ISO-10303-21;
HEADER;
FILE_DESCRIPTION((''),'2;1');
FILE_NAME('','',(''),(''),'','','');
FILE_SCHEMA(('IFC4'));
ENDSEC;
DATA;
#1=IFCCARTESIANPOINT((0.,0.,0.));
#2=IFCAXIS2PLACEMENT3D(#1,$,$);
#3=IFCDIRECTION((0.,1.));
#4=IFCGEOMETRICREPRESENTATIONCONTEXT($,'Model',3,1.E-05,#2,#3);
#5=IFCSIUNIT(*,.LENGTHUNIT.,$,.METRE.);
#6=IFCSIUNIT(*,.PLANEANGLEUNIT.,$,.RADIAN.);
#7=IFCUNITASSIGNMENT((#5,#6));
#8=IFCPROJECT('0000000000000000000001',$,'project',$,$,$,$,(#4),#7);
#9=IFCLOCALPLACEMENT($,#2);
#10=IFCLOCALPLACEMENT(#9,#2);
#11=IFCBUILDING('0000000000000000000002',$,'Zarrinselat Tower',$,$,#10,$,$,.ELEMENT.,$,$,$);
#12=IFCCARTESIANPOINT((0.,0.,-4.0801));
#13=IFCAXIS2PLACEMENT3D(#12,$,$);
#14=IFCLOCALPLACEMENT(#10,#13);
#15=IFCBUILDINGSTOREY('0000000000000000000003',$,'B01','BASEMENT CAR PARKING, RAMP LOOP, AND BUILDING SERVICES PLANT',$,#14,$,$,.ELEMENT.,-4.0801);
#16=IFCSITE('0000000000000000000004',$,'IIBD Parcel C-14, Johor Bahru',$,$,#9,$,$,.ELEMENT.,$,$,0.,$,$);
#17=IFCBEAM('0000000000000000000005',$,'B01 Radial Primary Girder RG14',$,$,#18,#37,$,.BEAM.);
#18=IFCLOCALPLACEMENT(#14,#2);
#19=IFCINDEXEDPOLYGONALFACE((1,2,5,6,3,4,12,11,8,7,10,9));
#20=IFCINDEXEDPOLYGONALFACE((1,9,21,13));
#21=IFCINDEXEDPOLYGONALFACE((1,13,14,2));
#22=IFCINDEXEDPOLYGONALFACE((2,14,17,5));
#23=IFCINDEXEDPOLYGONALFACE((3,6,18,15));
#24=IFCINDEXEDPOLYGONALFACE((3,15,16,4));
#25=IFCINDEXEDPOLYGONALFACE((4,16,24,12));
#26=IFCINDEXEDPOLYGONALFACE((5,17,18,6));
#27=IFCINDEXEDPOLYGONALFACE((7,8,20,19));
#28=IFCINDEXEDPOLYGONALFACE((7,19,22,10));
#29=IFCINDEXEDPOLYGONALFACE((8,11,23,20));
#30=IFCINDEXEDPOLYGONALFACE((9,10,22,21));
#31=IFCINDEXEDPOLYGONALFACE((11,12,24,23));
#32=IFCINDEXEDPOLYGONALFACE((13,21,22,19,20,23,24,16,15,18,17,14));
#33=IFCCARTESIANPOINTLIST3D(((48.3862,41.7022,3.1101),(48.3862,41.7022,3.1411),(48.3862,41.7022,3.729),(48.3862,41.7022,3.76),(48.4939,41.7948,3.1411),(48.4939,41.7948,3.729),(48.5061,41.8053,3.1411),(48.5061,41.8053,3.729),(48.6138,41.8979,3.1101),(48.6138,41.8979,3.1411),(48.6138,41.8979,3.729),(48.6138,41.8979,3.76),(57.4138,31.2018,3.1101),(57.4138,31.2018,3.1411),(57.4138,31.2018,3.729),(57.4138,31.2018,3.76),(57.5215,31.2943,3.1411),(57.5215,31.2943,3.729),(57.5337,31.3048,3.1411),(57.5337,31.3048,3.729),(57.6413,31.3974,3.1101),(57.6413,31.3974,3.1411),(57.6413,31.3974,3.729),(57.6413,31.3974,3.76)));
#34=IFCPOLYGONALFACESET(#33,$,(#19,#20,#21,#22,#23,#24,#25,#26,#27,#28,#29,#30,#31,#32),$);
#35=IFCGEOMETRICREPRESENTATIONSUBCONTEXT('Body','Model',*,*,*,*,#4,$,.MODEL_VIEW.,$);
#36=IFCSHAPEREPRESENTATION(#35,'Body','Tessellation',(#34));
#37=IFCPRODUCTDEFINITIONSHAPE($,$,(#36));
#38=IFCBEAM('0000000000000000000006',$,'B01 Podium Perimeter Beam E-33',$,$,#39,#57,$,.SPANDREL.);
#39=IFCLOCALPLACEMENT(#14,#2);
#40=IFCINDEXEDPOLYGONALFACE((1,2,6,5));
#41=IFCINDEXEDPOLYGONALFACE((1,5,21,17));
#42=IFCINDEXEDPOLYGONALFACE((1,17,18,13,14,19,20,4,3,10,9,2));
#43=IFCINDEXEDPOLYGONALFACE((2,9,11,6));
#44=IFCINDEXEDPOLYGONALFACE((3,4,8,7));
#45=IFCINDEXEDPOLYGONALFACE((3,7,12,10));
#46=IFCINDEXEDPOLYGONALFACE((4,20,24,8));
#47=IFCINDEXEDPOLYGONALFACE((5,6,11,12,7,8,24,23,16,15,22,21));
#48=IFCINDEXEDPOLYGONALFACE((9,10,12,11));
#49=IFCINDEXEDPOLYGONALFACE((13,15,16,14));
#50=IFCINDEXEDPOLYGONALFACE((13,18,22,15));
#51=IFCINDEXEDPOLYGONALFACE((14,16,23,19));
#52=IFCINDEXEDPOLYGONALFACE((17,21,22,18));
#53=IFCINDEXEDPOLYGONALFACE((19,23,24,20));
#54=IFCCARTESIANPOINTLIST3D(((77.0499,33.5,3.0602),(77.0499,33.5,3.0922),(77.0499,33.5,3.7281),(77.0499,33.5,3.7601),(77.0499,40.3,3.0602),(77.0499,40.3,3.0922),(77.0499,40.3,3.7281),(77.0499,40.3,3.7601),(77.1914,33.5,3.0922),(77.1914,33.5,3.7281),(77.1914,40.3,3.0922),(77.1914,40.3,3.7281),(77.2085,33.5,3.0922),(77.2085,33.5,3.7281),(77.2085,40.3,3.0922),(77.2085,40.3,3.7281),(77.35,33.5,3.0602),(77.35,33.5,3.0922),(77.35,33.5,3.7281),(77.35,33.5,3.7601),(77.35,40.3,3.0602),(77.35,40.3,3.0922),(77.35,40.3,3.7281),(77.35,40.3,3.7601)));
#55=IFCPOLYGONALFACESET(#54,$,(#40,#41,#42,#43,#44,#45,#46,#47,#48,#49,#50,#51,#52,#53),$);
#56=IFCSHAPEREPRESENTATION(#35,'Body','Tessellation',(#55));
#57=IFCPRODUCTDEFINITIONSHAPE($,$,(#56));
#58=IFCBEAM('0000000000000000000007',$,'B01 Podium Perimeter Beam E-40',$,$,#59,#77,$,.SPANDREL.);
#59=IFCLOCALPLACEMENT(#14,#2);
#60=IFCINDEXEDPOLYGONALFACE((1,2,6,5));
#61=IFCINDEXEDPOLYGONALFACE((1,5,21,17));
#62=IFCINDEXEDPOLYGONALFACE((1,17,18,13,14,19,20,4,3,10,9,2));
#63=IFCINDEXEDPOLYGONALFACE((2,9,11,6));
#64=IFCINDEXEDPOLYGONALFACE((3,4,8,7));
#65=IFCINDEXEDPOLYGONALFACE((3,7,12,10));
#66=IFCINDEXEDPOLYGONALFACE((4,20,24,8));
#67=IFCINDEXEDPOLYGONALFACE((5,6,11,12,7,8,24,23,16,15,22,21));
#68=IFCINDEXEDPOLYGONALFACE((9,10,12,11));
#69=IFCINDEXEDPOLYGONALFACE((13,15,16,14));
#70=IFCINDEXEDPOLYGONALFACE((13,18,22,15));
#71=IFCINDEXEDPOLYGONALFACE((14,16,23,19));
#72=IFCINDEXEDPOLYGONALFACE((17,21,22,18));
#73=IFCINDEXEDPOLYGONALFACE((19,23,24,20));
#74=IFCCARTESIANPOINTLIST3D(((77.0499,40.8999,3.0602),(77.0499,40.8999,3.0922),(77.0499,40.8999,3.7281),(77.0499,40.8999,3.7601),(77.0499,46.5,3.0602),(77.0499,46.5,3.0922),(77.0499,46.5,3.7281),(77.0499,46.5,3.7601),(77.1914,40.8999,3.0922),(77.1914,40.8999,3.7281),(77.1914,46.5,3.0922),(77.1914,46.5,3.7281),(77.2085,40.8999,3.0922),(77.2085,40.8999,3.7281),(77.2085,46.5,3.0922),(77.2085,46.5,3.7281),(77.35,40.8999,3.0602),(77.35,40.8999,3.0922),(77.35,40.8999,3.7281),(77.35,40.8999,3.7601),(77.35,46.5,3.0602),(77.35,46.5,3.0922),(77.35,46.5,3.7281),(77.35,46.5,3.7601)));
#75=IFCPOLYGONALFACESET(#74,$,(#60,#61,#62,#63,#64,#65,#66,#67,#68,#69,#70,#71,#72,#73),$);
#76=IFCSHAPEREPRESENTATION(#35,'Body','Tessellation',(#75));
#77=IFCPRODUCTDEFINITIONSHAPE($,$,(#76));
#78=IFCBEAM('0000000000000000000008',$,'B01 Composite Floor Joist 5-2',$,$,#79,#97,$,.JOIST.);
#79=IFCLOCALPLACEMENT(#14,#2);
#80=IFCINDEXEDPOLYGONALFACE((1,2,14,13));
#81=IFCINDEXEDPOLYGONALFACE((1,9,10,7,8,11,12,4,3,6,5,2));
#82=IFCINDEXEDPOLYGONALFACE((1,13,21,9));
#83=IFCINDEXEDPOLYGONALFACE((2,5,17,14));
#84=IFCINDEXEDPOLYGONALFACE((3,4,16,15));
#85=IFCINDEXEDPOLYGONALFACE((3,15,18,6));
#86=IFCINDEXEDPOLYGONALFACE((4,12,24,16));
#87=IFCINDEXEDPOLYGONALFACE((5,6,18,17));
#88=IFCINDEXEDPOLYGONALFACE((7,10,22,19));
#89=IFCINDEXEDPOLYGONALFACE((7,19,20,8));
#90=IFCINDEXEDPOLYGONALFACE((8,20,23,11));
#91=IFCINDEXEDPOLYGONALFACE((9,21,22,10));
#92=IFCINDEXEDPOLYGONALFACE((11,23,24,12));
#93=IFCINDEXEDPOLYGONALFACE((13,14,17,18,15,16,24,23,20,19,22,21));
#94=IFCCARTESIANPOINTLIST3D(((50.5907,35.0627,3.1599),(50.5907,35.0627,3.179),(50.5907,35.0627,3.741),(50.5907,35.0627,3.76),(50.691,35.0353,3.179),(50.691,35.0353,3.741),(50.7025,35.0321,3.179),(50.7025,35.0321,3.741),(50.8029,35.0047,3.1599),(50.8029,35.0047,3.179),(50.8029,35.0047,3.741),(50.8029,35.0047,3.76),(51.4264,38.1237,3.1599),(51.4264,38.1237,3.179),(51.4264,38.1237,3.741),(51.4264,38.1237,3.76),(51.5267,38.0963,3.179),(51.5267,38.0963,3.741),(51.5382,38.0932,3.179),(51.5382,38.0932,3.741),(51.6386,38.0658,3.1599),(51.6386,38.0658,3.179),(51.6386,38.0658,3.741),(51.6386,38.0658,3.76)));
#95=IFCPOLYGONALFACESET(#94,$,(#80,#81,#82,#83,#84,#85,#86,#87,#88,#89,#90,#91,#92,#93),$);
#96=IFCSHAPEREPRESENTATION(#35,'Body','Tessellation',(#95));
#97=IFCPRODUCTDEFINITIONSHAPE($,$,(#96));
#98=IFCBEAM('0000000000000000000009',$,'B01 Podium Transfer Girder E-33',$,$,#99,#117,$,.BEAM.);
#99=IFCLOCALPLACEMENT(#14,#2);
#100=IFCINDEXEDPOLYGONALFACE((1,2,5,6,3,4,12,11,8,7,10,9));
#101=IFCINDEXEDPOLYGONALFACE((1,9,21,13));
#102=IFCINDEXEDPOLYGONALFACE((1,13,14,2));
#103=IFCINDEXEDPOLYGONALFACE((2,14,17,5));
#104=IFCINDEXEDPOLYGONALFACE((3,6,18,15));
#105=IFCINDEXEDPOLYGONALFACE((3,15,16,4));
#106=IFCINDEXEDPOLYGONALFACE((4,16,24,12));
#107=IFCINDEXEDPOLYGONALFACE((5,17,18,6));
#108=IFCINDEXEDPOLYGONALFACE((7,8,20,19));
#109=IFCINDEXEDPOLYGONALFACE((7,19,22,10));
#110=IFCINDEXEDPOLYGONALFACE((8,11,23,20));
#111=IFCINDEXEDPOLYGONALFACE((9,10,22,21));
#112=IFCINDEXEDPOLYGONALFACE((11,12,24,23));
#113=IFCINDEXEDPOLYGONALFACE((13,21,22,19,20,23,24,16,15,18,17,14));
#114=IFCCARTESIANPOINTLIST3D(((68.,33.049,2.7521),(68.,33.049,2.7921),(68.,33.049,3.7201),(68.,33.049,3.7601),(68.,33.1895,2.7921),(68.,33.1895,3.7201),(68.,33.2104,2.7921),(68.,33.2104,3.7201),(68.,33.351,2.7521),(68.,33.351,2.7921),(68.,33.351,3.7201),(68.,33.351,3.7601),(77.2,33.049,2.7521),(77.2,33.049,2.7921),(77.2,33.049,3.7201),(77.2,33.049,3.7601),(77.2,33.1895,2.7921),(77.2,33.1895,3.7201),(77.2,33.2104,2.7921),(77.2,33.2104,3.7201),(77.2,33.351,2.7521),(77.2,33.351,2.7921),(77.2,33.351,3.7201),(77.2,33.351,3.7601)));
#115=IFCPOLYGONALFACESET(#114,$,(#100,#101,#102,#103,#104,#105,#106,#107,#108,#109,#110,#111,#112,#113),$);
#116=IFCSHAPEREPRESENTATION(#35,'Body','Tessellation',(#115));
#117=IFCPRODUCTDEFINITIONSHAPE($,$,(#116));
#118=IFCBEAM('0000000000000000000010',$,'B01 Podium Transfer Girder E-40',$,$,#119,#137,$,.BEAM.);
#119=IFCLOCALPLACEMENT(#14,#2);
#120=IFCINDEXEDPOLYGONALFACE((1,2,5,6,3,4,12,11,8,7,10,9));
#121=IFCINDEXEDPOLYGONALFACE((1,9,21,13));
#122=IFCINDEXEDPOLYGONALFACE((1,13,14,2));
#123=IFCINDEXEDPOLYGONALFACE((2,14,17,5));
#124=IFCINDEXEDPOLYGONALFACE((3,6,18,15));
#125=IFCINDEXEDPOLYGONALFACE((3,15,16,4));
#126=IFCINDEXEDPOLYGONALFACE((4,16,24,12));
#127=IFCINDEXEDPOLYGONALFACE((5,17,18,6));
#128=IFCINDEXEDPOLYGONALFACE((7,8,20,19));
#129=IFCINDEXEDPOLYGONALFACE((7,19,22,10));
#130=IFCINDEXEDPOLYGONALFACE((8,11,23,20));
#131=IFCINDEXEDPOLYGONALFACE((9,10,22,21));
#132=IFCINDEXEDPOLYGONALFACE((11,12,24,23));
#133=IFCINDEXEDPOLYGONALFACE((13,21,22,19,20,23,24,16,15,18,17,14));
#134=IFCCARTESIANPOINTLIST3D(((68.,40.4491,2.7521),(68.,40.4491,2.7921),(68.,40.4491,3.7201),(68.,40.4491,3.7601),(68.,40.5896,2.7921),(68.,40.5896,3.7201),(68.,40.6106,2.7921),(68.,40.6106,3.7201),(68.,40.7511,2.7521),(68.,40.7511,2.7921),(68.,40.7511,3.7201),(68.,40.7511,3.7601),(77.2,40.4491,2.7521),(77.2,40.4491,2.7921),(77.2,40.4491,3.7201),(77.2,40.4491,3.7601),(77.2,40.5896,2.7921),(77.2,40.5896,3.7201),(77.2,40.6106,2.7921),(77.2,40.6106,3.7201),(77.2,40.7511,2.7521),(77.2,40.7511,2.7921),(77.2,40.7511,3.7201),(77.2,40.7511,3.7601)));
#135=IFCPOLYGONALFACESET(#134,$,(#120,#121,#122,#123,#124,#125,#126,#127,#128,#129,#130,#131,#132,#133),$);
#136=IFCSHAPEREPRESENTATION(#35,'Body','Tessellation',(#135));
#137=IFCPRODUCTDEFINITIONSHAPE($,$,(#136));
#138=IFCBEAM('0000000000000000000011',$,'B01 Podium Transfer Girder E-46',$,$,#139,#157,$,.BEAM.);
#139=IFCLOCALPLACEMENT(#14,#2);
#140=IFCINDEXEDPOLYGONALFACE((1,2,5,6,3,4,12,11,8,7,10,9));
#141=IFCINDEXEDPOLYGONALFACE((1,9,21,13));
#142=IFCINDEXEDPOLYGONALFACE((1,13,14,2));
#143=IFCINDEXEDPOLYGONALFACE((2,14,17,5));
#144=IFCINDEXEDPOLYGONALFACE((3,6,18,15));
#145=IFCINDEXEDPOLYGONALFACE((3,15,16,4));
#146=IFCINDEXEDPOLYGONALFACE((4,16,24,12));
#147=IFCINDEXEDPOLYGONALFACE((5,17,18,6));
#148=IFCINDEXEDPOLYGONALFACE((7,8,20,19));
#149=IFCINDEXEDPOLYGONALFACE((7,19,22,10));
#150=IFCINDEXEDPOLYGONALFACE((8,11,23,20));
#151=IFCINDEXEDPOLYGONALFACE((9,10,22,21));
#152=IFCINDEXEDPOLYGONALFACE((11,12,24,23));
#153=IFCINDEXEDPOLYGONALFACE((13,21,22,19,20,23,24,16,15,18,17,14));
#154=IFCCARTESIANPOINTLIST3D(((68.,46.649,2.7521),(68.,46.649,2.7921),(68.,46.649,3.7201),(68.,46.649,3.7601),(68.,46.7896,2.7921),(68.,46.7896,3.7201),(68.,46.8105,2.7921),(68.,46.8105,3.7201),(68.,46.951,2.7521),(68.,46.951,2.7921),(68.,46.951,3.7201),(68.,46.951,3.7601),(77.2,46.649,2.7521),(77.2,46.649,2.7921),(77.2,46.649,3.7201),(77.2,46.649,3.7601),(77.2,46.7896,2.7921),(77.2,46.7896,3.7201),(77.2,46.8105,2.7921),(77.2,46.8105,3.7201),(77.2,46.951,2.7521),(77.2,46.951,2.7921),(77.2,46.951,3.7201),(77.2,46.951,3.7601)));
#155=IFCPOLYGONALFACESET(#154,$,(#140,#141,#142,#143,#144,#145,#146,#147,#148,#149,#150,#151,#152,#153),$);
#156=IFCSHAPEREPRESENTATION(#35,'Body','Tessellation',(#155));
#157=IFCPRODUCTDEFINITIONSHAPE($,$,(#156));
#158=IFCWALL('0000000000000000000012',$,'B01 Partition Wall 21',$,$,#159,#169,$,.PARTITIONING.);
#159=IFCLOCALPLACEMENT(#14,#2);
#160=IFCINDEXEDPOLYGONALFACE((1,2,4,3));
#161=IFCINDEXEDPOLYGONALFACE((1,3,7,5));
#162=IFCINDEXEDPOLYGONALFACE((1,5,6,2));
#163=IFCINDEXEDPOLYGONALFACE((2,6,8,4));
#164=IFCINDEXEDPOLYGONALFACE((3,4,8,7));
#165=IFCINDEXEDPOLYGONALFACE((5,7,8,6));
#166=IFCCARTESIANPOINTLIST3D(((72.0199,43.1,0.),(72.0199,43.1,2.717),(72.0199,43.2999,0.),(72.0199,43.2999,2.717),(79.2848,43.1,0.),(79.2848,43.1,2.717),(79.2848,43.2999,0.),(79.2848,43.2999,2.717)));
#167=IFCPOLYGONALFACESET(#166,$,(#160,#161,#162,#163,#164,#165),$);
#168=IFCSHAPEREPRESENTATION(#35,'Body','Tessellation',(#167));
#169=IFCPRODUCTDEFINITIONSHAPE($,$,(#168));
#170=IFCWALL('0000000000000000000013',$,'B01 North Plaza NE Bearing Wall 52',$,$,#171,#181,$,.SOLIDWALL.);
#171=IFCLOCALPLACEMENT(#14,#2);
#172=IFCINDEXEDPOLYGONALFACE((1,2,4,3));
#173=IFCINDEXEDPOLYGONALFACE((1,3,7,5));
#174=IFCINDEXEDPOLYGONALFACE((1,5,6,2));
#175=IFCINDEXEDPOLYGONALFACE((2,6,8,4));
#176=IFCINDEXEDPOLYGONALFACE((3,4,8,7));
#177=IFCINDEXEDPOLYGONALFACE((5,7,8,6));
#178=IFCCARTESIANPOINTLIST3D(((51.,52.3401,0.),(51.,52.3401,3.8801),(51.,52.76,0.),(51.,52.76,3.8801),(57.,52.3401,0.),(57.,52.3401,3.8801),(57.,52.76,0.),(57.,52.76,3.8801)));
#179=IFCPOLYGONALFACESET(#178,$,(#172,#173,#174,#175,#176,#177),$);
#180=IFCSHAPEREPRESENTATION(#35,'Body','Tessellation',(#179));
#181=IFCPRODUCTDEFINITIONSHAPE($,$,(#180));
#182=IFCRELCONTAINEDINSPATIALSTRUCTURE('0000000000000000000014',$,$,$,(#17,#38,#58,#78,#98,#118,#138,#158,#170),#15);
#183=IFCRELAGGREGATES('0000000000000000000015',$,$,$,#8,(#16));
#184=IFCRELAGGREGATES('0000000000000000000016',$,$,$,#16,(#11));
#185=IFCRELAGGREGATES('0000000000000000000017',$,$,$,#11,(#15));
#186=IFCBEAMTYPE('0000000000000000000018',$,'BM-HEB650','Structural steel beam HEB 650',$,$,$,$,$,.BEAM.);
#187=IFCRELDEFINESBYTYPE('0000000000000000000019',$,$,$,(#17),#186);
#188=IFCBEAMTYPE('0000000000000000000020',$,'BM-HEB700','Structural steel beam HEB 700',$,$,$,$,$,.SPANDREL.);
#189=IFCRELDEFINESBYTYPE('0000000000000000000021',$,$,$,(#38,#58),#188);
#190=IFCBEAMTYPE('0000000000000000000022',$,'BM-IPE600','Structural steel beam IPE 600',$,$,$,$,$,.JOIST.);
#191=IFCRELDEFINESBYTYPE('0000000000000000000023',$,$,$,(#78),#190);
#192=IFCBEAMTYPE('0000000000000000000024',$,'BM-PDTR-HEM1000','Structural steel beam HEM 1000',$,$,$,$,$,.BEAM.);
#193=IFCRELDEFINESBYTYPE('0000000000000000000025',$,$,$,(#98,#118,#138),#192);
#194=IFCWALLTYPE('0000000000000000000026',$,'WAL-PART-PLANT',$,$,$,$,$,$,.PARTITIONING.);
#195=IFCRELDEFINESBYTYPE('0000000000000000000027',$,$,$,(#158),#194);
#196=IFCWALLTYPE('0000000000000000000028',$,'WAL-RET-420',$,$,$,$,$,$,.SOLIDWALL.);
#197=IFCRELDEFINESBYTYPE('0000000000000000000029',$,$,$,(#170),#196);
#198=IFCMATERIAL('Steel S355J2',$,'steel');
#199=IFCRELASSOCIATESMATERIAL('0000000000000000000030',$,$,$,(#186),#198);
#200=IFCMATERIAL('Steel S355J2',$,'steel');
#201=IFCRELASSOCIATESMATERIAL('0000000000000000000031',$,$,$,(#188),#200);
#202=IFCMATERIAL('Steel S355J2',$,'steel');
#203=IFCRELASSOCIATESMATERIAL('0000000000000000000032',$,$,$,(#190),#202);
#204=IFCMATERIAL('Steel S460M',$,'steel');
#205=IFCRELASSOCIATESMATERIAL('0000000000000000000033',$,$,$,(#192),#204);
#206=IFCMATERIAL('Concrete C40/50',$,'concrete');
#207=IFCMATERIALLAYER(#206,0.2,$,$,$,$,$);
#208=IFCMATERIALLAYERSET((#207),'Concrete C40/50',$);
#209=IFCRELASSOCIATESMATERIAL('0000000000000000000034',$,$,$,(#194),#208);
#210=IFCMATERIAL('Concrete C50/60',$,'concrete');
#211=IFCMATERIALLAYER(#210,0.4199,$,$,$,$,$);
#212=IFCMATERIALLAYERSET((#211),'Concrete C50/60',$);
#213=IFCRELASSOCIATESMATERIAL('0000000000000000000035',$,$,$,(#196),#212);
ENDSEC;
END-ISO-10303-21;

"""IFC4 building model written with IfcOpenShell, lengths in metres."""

from ifc_helpers import new_model, si_unit, direction, frame, frame_2d, origin, origin_2d, place, context, subcontext, project, spatial, rectangle, i_section, extrude, material, layer, layer_set, material_profile, profile_set, type_object, element, save


model = new_model("IFC4")

# Units and contexts
model_context = context("Model", 3, precision=1e-05, world=origin(), true_north=direction((0.0, 1.0)))
body_context = subcontext(model_context, "Body", "Model", "MODEL_VIEW")
ifc_project = project(units=[si_unit("LENGTHUNIT", "METRE"), si_unit("PLANEANGLEUNIT", "RADIAN")], contexts=[model_context])

# Site, building, storey
site_placement = place(None, origin())
site = spatial("IfcSite", under=ifc_project, at=site_placement, Name="IIBD Parcel C-14, Johor Bahru", CompositionType="ELEMENT", RefElevation=0.0)
building_placement = place(site_placement, origin())
building = spatial("IfcBuilding", under=site, at=building_placement, Name="Zarrinselat Tower", CompositionType="ELEMENT")
storey_placement = place(building_placement, frame((0.0, 0.0, -4.0801)))
storey = spatial("IfcBuildingStorey", under=building, at=storey_placement, Name="B01", Description="BASEMENT CAR PARKING, RAMP LOOP, AND BUILDING SERVICES PLANT", CompositionType="ELEMENT", Elevation=-4.0801)

# Beams
ifc_material_1 = material(Name="Steel S355J2", Category="steel")
ifc_material_profile_1 = material_profile(ifc_material_1, i_section(OverallWidth=0.3, OverallDepth=0.6499, WebThickness=0.0161, FlangeThickness=0.031, at=origin_2d()), Name="HEB 650")
ifc_profile_set_1 = profile_set([ifc_material_profile_1], Name="Steel S355J2")
beam_type_1 = type_object("IfcBeamType", Name="BM-HEB650", Description="Structural steel beam HEB 650", PredefinedType="BEAM", material=ifc_profile_set_1)
beam_1_placement = place(storey_placement, frame((48.5, 41.8, 3.4351), z_axis=(0.651922, -0.758286, 0.0), x_axis=(0.758286, 0.651922, 0.0)))
element("IfcBeam", 1, at=beam_1_placement, inside=storey, type_object=beam_type_1, Name="B01 Radial Primary Girder RG14", PredefinedType="BEAM", context=body_context, shape_type="SweptSolid", body=[
    extrude(i_section(OverallWidth=0.3, OverallDepth=0.6499, WebThickness=0.0161, FlangeThickness=0.031, at=origin_2d()), origin(), (0.0, 0.0, 1.0), 13.8477),
])
ifc_material_2 = material(Name="Steel S355J2", Category="steel")
ifc_material_profile_2 = material_profile(ifc_material_2, i_section(OverallWidth=0.3, OverallDepth=0.7, WebThickness=0.0171, FlangeThickness=0.032, at=origin_2d()), Name="HEB 700")
ifc_profile_set_2 = profile_set([ifc_material_profile_2], Name="Steel S355J2")
beam_type_2 = type_object("IfcBeamType", Name="BM-HEB700", Description="Structural steel beam HEB 700", PredefinedType="SPANDREL", material=ifc_profile_set_2)
beam_2_placement = place(storey_placement, frame((77.2, 33.5, 3.4102), z_axis=(0.0, 1.0, 0.0), x_axis=(-1.0, 0.0, 0.0)))
element("IfcBeam", 2, at=beam_2_placement, inside=storey, type_object=beam_type_2, Name="B01 Podium Perimeter Beam E-33", PredefinedType="SPANDREL", context=body_context, shape_type="SweptSolid", body=[
    extrude(i_section(OverallWidth=0.3, OverallDepth=0.7, WebThickness=0.0171, FlangeThickness=0.032, at=origin_2d()), origin(), (0.0, 0.0, 1.0), 6.8),
])
beam_3_placement = place(storey_placement, frame((77.2, 40.8999, 3.4102), z_axis=(0.0, 1.0, 0.0), x_axis=(-1.0, 0.0, 0.0)))
element("IfcBeam", 3, at=beam_3_placement, inside=storey, type_object=beam_type_2, Name="B01 Podium Perimeter Beam E-40", PredefinedType="SPANDREL", context=body_context, shape_type="SweptSolid", body=[
    extrude(i_section(OverallWidth=0.3, OverallDepth=0.7, WebThickness=0.0171, FlangeThickness=0.032, at=origin_2d()), origin(), (0.0, 0.0, 1.0), 5.6001),
])
ifc_material_3 = material(Name="Steel S355J2", Category="steel")
ifc_material_profile_3 = material_profile(ifc_material_3, i_section(OverallWidth=0.22, OverallDepth=0.6001, WebThickness=0.012, FlangeThickness=0.019, at=origin_2d()), Name="IPE 600")
ifc_profile_set_3 = profile_set([ifc_material_profile_3], Name="Steel S355J2")
beam_type_3 = type_object("IfcBeamType", Name="BM-IPE600", Description="Structural steel beam IPE 600", PredefinedType="JOIST", material=ifc_profile_set_3)
beam_4_placement = place(storey_placement, frame((50.6968, 35.0337, 3.46), z_axis=(0.263371, 0.964695, 0.0), x_axis=(-0.964695, 0.263371, 0.0)))
element("IfcBeam", 4, at=beam_4_placement, inside=storey, type_object=beam_type_3, Name="B01 Composite Floor Joist 5-2", PredefinedType="JOIST", context=body_context, shape_type="SweptSolid", body=[
    extrude(i_section(OverallWidth=0.22, OverallDepth=0.6001, WebThickness=0.012, FlangeThickness=0.019, at=origin_2d()), origin(), (0.0, 0.0, 1.0), 3.1731),
])
ifc_material_4 = material(Name="Steel S460M", Category="steel")
ifc_material_profile_4 = material_profile(ifc_material_4, i_section(OverallWidth=0.302, OverallDepth=1.0081, WebThickness=0.021, FlangeThickness=0.04, at=origin_2d()), Name="HEM 1000")
ifc_profile_set_4 = profile_set([ifc_material_profile_4], Name="Steel S460M")
beam_type_4 = type_object("IfcBeamType", Name="BM-PDTR-HEM1000", Description="Structural steel beam HEM 1000", PredefinedType="BEAM", material=ifc_profile_set_4)
for number, where, z_axis, x_axis, name in (
    (5, (68.0, 33.2, 3.2561), (1.0, 0.0, 0.0), (0.0, 1.0, 0.0), "B01 Podium Transfer Girder E-33"),
    (6, (68.0, 40.6001, 3.2561), (1.0, 0.0, 0.0), (0.0, 1.0, 0.0), "B01 Podium Transfer Girder E-40"),
    (7, (68.0, 46.8, 3.2561), (1.0, 0.0, 0.0), (0.0, 1.0, 0.0), "B01 Podium Transfer Girder E-46"),
):
    element("IfcBeam", number, at=place(storey_placement, frame(where, z_axis=z_axis, x_axis=x_axis)), inside=storey, type_object=beam_type_4, Name=name, PredefinedType="BEAM", context=body_context, shape_type="SweptSolid", body=[
        extrude(i_section(OverallWidth=0.302, OverallDepth=1.0081, WebThickness=0.021, FlangeThickness=0.04, at=origin_2d()), origin(), (0.0, 0.0, 1.0), 9.2),
    ])

# Walls
ifc_material_5 = material(Name="Concrete C40/50", Category="concrete")
ifc_layer_1 = layer(ifc_material_5, 0.2)
ifc_layer_set_1 = layer_set([ifc_layer_1], Name="Concrete C40/50")
wall_type_1 = type_object("IfcWallType", Name="WAL-PART-PLANT", PredefinedType="PARTITIONING", material=ifc_layer_set_1)
wall_1_placement = place(storey_placement, frame((72.02, 43.2, 0.0), z_axis=(0.0, 0.0, 1.0), x_axis=(1.0, 0.0, 0.0)))
element("IfcWall", 8, at=wall_1_placement, inside=storey, type_object=wall_type_1, Name="B01 Partition Wall 21", PredefinedType="PARTITIONING", context=body_context, shape_type="SweptSolid", body=[
    extrude(rectangle(XDim=7.2649, YDim=0.2, at=frame_2d((3.6323, 0.0))), origin(), (0.0, 0.0, 1.0), 2.717),
])
ifc_material_6 = material(Name="Concrete C50/60", Category="concrete")
ifc_layer_2 = layer(ifc_material_6, 0.4199)
ifc_layer_set_2 = layer_set([ifc_layer_2], Name="Concrete C50/60")
wall_type_2 = type_object("IfcWallType", Name="WAL-RET-420", PredefinedType="SOLIDWALL", material=ifc_layer_set_2)
for number, where, z_axis, x_axis, name in (
    (9, (51.0, 52.55, 0.0), (0.0, 0.0, 1.0), (1.0, 0.0, 0.0), "B01 North Plaza NE Bearing Wall 52"),
):
    element("IfcWall", number, at=place(storey_placement, frame(where, z_axis=z_axis, x_axis=x_axis)), inside=storey, type_object=wall_type_2, Name=name, PredefinedType="SOLIDWALL", context=body_context, shape_type="SweptSolid", body=[
        extrude(rectangle(XDim=6.0, YDim=0.4199, at=frame_2d((3.0, 0.0))), origin(), (0.0, 0.0, 1.0), 3.8801),
    ])

save(model, "model.ifc")
